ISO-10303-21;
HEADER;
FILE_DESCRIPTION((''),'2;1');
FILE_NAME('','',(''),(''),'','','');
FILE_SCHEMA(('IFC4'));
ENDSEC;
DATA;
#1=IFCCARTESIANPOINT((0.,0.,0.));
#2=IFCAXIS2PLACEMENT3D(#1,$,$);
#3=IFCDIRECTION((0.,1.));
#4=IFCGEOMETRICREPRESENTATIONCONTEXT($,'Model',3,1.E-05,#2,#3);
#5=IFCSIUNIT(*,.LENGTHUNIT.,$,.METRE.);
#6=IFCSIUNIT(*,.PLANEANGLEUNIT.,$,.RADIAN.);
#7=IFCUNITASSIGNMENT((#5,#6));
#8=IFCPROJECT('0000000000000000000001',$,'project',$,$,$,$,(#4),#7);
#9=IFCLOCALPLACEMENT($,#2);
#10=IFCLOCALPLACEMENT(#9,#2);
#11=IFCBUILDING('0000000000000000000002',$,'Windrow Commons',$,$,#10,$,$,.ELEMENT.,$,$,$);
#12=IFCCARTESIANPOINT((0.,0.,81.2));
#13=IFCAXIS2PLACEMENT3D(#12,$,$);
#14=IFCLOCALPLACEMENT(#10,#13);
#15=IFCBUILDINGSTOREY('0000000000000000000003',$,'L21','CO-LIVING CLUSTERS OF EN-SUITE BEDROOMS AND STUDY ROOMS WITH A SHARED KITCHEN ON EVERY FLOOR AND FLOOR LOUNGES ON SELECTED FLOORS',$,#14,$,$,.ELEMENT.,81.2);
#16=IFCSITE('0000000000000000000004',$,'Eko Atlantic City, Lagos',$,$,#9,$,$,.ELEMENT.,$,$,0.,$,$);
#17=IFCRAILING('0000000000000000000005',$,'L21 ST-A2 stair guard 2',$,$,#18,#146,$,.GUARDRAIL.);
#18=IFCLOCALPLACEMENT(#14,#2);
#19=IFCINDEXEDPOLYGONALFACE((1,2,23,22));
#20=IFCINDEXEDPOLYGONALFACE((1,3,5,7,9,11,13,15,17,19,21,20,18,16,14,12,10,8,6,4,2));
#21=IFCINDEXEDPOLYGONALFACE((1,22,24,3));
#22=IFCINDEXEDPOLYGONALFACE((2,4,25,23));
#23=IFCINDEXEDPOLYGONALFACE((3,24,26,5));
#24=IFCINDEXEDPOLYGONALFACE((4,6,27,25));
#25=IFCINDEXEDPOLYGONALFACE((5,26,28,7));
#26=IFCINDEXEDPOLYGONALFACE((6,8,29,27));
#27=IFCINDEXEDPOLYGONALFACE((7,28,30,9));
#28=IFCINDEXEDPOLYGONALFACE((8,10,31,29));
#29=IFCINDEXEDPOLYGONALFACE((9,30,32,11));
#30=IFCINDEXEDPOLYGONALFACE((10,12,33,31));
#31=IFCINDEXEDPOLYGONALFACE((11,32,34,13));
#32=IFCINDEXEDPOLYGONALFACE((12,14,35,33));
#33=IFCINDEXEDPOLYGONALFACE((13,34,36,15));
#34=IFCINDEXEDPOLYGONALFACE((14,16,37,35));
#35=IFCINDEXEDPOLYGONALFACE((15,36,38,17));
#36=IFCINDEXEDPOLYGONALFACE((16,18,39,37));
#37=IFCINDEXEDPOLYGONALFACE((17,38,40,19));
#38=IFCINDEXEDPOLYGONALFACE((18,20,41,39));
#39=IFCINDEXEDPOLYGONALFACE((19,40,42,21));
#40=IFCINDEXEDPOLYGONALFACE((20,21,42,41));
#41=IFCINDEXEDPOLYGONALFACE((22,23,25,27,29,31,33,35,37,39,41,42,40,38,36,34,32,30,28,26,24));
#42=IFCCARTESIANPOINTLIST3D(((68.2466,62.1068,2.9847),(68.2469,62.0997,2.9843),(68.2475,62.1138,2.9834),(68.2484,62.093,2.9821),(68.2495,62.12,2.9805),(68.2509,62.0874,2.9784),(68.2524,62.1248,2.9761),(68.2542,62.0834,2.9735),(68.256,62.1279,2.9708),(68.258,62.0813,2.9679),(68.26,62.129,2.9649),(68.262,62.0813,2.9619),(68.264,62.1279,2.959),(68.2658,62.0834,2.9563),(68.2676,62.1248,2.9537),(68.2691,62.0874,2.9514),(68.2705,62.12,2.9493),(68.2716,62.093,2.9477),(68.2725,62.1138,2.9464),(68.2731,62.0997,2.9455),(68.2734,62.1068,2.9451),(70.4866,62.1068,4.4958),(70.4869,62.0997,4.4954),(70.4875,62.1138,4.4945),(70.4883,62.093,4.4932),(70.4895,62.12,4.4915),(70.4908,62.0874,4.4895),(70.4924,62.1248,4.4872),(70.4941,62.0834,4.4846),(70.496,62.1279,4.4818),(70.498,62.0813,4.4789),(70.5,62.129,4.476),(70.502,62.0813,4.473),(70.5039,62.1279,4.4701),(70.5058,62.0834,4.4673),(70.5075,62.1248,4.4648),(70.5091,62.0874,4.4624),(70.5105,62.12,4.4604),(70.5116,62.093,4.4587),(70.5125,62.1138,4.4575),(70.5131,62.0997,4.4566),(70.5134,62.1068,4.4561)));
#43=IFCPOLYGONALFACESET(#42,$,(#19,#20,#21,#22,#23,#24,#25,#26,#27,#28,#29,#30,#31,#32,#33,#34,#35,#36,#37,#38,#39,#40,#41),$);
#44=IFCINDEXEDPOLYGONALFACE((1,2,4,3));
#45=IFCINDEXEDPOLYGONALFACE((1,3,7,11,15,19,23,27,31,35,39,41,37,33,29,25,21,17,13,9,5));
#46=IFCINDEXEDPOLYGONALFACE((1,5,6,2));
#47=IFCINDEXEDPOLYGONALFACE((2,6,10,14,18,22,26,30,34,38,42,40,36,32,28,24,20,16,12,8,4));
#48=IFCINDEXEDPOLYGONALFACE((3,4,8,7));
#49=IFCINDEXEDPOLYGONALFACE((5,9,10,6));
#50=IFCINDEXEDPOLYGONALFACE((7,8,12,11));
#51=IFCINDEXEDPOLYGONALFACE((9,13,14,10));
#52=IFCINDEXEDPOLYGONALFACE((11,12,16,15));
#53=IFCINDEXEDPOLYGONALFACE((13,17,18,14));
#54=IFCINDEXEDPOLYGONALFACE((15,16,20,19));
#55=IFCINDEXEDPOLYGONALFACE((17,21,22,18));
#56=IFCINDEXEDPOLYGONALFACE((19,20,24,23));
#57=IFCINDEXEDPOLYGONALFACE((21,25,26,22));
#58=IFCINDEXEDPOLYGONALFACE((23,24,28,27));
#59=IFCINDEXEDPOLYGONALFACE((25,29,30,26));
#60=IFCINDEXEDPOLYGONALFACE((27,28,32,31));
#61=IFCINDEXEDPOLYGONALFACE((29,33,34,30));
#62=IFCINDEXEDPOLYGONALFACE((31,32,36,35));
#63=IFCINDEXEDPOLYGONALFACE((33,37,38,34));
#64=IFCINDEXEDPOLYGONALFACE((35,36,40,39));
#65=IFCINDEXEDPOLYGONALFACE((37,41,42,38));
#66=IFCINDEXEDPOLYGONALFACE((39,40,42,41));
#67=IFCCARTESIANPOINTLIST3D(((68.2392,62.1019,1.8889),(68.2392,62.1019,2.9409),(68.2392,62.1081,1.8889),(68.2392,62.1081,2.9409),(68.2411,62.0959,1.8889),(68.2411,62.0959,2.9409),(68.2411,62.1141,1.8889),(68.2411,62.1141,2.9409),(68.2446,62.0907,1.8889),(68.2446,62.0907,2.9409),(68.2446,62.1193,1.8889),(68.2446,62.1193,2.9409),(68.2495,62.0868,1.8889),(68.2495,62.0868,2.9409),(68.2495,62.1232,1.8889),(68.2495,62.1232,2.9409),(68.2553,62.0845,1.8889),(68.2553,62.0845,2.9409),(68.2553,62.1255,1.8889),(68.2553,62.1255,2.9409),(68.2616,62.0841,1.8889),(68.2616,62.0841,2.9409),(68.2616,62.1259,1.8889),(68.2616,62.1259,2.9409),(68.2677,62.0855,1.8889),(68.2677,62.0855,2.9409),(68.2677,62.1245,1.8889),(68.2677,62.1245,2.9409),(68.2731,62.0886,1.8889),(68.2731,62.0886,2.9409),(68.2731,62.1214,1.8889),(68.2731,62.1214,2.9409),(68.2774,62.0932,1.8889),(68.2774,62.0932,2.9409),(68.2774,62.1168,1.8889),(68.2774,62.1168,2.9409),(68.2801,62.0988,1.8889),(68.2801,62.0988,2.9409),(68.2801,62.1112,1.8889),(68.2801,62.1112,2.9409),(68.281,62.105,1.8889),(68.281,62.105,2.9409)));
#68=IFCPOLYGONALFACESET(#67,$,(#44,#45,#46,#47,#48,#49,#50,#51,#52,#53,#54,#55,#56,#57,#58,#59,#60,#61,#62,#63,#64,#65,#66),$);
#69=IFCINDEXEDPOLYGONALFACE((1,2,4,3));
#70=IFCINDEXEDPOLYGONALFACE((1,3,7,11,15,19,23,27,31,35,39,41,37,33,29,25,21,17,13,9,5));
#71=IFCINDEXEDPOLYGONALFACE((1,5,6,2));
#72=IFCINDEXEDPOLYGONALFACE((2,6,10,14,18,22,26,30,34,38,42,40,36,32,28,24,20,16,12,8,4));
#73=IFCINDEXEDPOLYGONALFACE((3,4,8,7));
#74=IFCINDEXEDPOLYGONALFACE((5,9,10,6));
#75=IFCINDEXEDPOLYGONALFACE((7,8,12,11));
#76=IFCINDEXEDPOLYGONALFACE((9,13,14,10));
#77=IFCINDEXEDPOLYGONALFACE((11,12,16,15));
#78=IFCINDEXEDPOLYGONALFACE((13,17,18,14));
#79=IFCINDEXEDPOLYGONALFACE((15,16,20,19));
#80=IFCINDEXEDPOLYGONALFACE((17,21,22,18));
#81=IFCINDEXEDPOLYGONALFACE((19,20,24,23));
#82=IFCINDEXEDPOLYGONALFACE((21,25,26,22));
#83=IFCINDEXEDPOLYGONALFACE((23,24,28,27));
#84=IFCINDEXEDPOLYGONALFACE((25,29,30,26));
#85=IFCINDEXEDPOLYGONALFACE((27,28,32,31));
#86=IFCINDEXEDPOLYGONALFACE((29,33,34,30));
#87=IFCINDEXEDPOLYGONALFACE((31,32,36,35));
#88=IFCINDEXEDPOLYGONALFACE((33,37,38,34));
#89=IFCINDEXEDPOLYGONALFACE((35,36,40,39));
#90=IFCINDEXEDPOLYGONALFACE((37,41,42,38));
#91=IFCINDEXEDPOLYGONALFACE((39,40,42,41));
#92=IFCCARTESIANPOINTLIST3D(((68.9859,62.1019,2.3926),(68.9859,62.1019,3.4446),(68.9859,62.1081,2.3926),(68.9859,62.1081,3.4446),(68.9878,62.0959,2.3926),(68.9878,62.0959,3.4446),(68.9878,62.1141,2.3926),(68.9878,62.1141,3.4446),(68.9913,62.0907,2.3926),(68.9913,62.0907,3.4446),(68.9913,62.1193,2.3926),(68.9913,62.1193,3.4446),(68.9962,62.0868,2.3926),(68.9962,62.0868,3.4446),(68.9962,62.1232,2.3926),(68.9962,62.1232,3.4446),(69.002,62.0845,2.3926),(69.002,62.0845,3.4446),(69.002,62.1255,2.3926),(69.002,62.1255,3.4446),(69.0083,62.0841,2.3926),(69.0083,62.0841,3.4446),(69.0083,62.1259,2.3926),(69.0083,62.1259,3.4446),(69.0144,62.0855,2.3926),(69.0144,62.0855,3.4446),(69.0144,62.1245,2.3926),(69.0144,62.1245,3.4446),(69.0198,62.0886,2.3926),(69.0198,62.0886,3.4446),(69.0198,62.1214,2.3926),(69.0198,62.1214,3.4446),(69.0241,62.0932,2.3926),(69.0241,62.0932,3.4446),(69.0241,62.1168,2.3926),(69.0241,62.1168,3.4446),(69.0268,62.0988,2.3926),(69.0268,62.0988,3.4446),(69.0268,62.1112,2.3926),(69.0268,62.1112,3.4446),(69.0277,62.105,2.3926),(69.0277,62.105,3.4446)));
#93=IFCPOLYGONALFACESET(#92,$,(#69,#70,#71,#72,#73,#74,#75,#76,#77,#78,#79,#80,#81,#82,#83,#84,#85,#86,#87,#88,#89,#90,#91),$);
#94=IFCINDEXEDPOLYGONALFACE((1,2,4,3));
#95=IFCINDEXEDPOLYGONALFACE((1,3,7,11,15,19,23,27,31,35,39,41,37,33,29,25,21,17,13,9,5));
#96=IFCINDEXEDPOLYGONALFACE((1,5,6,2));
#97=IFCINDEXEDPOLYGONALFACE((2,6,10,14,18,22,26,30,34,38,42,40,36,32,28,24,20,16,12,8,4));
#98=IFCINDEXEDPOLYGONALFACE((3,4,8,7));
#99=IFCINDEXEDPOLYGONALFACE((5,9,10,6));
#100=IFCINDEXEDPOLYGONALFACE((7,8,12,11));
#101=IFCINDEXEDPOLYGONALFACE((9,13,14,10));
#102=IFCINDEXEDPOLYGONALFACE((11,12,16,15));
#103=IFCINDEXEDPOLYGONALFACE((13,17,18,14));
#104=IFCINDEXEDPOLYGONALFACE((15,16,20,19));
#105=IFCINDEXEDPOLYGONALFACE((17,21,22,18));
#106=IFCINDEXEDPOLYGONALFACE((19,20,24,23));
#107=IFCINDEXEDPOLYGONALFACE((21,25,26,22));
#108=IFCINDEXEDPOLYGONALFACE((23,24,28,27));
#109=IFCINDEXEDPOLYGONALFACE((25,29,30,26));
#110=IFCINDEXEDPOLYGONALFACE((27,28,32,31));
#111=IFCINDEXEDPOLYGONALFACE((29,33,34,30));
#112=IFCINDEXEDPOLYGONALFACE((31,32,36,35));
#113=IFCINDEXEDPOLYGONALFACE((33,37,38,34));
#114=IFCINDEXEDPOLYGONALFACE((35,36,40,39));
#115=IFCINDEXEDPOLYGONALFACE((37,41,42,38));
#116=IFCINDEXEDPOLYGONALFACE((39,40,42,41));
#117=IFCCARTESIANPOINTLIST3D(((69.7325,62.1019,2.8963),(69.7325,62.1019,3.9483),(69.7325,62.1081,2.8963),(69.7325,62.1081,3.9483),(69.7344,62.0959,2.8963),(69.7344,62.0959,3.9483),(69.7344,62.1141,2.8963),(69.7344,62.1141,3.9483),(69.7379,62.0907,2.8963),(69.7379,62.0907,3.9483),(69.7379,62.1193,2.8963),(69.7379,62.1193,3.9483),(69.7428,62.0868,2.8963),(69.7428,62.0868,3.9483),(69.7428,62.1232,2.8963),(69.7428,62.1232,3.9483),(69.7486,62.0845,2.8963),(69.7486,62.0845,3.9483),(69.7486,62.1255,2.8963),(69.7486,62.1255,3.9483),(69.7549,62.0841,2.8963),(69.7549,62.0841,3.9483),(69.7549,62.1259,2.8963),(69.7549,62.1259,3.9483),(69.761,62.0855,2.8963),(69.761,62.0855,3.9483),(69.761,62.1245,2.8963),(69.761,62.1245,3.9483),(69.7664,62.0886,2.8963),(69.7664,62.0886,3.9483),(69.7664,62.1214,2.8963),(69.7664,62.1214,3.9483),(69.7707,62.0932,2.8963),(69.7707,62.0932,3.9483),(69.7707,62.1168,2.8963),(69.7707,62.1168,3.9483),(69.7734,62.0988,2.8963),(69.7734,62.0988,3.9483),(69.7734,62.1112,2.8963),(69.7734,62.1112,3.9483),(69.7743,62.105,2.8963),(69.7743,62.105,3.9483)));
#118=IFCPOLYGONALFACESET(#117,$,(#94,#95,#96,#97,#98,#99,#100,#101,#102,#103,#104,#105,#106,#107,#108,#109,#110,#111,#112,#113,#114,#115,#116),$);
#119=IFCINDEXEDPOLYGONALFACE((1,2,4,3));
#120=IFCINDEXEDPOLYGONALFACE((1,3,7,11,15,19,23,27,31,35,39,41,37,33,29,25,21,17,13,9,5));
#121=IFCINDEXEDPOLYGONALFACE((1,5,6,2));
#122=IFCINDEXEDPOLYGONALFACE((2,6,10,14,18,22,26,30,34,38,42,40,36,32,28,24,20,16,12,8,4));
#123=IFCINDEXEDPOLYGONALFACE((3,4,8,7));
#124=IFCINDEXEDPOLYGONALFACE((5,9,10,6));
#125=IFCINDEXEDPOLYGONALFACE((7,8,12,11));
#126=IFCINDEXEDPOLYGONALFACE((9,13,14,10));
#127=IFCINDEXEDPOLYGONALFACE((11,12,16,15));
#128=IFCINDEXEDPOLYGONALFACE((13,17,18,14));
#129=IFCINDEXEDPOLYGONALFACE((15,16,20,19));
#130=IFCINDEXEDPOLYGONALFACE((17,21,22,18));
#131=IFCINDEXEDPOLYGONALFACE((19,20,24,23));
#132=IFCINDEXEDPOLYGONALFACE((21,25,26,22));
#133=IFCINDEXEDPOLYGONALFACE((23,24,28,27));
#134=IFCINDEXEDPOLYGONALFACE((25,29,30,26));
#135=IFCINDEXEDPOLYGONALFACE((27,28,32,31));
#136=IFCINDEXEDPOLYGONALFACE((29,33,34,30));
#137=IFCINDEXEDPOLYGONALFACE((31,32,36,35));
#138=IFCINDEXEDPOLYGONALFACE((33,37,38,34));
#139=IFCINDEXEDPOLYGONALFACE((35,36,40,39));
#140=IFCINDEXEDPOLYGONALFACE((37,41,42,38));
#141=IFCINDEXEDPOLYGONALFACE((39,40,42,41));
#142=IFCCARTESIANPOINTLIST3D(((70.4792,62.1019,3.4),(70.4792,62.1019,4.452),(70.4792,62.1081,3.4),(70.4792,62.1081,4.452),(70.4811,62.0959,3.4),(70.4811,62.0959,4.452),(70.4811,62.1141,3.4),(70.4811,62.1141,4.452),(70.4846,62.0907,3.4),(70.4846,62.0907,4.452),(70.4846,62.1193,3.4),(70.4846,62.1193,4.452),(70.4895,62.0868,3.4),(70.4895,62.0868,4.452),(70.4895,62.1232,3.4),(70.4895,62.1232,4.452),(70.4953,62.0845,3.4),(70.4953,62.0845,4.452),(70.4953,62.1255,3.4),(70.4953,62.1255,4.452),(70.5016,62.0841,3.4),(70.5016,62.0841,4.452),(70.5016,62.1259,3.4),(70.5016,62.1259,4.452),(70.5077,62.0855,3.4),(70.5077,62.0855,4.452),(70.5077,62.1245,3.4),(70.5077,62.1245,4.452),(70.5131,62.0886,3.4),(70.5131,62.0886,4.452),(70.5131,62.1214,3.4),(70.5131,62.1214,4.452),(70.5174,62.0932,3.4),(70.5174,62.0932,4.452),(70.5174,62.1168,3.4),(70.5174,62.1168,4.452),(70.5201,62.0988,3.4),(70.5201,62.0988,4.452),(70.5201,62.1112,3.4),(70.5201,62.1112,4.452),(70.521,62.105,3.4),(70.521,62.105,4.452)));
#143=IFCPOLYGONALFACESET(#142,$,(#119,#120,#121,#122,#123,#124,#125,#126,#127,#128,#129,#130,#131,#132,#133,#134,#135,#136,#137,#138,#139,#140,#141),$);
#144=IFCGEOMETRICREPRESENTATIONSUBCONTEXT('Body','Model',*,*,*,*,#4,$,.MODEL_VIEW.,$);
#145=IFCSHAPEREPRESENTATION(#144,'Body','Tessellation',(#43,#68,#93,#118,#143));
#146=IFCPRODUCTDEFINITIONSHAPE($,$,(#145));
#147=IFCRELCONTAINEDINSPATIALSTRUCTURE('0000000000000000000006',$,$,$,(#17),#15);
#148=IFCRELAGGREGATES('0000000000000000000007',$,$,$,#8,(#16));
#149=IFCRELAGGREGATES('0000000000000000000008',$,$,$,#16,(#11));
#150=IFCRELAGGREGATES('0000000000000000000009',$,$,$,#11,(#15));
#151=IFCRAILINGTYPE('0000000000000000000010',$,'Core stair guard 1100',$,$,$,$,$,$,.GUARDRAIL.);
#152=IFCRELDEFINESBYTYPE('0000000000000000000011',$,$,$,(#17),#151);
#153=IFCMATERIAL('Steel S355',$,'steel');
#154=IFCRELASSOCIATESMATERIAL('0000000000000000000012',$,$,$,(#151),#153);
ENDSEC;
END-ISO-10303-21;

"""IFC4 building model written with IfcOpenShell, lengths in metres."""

from ifc_helpers import new_model, si_unit, direction, frame, origin, origin_2d, place, context, subcontext, project, spatial, circle, extrude, material, type_object, element, save


model = new_model("IFC4")

# Units and contexts
model_context = context("Model", 3, precision=1e-05, world=origin(), true_north=direction((0.0, 1.0)))
body_context = subcontext(model_context, "Body", "Model", "MODEL_VIEW")
ifc_project = project(units=[si_unit("LENGTHUNIT", "METRE"), si_unit("PLANEANGLEUNIT", "RADIAN")], contexts=[model_context])

# Site, building, storey
site_placement = place(None, origin())
site = spatial("IfcSite", under=ifc_project, at=site_placement, Name="Eko Atlantic City, Lagos", CompositionType="ELEMENT", RefElevation=0.0)
building_placement = place(site_placement, origin())
building = spatial("IfcBuilding", under=site, at=building_placement, Name="Windrow Commons", CompositionType="ELEMENT")
storey_placement = place(building_placement, frame((0.0, 0.0, 81.2)))
storey = spatial("IfcBuildingStorey", under=building, at=storey_placement, Name="L21", Description="CO-LIVING CLUSTERS OF EN-SUITE BEDROOMS AND STUDY ROOMS WITH A SHARED KITCHEN ON EVERY FLOOR AND FLOOR LOUNGES ON SELECTED FLOORS", CompositionType="ELEMENT", Elevation=81.2)

# Railing
ifc_material_1 = material(Name="Steel S355", Category="steel")
railing_type_1 = type_object("IfcRailingType", Name="Core stair guard 1100", PredefinedType="GUARDRAIL", material=ifc_material_1)
railing_1_placement = place(storey_placement, frame((68.26, 62.105, 1.8889)))
element("IfcRailing", 1, at=railing_1_placement, inside=storey, type_object=railing_type_1, Name="L21 ST-A2 stair guard 2", PredefinedType="GUARDRAIL", context=body_context, shape_type="SweptSolid", body=[
    extrude(circle(Radius=0.024, at=origin_2d()), frame((0.0, 0.0, 1.076), z_axis=(0.829003, 0.0, 0.559244), x_axis=(0.0, 1.0, 0.0)), (0.0, 0.0, 1.0), 2.702),
    extrude(circle(Radius=0.021, at=origin_2d()), origin(), (0.0, 0.0, 1.0), 1.052),
    extrude(circle(Radius=0.021, at=origin_2d()), frame((0.7467, 0.0, 0.5037)), (0.0, 0.0, 1.0), 1.052),
    extrude(circle(Radius=0.021, at=origin_2d()), frame((1.4933, 0.0, 1.0074)), (0.0, 0.0, 1.0), 1.052),
    extrude(circle(Radius=0.021, at=origin_2d()), frame((2.24, 0.0, 1.5111)), (0.0, 0.0, 1.0), 1.052),
])

save(model, "model.ifc")
